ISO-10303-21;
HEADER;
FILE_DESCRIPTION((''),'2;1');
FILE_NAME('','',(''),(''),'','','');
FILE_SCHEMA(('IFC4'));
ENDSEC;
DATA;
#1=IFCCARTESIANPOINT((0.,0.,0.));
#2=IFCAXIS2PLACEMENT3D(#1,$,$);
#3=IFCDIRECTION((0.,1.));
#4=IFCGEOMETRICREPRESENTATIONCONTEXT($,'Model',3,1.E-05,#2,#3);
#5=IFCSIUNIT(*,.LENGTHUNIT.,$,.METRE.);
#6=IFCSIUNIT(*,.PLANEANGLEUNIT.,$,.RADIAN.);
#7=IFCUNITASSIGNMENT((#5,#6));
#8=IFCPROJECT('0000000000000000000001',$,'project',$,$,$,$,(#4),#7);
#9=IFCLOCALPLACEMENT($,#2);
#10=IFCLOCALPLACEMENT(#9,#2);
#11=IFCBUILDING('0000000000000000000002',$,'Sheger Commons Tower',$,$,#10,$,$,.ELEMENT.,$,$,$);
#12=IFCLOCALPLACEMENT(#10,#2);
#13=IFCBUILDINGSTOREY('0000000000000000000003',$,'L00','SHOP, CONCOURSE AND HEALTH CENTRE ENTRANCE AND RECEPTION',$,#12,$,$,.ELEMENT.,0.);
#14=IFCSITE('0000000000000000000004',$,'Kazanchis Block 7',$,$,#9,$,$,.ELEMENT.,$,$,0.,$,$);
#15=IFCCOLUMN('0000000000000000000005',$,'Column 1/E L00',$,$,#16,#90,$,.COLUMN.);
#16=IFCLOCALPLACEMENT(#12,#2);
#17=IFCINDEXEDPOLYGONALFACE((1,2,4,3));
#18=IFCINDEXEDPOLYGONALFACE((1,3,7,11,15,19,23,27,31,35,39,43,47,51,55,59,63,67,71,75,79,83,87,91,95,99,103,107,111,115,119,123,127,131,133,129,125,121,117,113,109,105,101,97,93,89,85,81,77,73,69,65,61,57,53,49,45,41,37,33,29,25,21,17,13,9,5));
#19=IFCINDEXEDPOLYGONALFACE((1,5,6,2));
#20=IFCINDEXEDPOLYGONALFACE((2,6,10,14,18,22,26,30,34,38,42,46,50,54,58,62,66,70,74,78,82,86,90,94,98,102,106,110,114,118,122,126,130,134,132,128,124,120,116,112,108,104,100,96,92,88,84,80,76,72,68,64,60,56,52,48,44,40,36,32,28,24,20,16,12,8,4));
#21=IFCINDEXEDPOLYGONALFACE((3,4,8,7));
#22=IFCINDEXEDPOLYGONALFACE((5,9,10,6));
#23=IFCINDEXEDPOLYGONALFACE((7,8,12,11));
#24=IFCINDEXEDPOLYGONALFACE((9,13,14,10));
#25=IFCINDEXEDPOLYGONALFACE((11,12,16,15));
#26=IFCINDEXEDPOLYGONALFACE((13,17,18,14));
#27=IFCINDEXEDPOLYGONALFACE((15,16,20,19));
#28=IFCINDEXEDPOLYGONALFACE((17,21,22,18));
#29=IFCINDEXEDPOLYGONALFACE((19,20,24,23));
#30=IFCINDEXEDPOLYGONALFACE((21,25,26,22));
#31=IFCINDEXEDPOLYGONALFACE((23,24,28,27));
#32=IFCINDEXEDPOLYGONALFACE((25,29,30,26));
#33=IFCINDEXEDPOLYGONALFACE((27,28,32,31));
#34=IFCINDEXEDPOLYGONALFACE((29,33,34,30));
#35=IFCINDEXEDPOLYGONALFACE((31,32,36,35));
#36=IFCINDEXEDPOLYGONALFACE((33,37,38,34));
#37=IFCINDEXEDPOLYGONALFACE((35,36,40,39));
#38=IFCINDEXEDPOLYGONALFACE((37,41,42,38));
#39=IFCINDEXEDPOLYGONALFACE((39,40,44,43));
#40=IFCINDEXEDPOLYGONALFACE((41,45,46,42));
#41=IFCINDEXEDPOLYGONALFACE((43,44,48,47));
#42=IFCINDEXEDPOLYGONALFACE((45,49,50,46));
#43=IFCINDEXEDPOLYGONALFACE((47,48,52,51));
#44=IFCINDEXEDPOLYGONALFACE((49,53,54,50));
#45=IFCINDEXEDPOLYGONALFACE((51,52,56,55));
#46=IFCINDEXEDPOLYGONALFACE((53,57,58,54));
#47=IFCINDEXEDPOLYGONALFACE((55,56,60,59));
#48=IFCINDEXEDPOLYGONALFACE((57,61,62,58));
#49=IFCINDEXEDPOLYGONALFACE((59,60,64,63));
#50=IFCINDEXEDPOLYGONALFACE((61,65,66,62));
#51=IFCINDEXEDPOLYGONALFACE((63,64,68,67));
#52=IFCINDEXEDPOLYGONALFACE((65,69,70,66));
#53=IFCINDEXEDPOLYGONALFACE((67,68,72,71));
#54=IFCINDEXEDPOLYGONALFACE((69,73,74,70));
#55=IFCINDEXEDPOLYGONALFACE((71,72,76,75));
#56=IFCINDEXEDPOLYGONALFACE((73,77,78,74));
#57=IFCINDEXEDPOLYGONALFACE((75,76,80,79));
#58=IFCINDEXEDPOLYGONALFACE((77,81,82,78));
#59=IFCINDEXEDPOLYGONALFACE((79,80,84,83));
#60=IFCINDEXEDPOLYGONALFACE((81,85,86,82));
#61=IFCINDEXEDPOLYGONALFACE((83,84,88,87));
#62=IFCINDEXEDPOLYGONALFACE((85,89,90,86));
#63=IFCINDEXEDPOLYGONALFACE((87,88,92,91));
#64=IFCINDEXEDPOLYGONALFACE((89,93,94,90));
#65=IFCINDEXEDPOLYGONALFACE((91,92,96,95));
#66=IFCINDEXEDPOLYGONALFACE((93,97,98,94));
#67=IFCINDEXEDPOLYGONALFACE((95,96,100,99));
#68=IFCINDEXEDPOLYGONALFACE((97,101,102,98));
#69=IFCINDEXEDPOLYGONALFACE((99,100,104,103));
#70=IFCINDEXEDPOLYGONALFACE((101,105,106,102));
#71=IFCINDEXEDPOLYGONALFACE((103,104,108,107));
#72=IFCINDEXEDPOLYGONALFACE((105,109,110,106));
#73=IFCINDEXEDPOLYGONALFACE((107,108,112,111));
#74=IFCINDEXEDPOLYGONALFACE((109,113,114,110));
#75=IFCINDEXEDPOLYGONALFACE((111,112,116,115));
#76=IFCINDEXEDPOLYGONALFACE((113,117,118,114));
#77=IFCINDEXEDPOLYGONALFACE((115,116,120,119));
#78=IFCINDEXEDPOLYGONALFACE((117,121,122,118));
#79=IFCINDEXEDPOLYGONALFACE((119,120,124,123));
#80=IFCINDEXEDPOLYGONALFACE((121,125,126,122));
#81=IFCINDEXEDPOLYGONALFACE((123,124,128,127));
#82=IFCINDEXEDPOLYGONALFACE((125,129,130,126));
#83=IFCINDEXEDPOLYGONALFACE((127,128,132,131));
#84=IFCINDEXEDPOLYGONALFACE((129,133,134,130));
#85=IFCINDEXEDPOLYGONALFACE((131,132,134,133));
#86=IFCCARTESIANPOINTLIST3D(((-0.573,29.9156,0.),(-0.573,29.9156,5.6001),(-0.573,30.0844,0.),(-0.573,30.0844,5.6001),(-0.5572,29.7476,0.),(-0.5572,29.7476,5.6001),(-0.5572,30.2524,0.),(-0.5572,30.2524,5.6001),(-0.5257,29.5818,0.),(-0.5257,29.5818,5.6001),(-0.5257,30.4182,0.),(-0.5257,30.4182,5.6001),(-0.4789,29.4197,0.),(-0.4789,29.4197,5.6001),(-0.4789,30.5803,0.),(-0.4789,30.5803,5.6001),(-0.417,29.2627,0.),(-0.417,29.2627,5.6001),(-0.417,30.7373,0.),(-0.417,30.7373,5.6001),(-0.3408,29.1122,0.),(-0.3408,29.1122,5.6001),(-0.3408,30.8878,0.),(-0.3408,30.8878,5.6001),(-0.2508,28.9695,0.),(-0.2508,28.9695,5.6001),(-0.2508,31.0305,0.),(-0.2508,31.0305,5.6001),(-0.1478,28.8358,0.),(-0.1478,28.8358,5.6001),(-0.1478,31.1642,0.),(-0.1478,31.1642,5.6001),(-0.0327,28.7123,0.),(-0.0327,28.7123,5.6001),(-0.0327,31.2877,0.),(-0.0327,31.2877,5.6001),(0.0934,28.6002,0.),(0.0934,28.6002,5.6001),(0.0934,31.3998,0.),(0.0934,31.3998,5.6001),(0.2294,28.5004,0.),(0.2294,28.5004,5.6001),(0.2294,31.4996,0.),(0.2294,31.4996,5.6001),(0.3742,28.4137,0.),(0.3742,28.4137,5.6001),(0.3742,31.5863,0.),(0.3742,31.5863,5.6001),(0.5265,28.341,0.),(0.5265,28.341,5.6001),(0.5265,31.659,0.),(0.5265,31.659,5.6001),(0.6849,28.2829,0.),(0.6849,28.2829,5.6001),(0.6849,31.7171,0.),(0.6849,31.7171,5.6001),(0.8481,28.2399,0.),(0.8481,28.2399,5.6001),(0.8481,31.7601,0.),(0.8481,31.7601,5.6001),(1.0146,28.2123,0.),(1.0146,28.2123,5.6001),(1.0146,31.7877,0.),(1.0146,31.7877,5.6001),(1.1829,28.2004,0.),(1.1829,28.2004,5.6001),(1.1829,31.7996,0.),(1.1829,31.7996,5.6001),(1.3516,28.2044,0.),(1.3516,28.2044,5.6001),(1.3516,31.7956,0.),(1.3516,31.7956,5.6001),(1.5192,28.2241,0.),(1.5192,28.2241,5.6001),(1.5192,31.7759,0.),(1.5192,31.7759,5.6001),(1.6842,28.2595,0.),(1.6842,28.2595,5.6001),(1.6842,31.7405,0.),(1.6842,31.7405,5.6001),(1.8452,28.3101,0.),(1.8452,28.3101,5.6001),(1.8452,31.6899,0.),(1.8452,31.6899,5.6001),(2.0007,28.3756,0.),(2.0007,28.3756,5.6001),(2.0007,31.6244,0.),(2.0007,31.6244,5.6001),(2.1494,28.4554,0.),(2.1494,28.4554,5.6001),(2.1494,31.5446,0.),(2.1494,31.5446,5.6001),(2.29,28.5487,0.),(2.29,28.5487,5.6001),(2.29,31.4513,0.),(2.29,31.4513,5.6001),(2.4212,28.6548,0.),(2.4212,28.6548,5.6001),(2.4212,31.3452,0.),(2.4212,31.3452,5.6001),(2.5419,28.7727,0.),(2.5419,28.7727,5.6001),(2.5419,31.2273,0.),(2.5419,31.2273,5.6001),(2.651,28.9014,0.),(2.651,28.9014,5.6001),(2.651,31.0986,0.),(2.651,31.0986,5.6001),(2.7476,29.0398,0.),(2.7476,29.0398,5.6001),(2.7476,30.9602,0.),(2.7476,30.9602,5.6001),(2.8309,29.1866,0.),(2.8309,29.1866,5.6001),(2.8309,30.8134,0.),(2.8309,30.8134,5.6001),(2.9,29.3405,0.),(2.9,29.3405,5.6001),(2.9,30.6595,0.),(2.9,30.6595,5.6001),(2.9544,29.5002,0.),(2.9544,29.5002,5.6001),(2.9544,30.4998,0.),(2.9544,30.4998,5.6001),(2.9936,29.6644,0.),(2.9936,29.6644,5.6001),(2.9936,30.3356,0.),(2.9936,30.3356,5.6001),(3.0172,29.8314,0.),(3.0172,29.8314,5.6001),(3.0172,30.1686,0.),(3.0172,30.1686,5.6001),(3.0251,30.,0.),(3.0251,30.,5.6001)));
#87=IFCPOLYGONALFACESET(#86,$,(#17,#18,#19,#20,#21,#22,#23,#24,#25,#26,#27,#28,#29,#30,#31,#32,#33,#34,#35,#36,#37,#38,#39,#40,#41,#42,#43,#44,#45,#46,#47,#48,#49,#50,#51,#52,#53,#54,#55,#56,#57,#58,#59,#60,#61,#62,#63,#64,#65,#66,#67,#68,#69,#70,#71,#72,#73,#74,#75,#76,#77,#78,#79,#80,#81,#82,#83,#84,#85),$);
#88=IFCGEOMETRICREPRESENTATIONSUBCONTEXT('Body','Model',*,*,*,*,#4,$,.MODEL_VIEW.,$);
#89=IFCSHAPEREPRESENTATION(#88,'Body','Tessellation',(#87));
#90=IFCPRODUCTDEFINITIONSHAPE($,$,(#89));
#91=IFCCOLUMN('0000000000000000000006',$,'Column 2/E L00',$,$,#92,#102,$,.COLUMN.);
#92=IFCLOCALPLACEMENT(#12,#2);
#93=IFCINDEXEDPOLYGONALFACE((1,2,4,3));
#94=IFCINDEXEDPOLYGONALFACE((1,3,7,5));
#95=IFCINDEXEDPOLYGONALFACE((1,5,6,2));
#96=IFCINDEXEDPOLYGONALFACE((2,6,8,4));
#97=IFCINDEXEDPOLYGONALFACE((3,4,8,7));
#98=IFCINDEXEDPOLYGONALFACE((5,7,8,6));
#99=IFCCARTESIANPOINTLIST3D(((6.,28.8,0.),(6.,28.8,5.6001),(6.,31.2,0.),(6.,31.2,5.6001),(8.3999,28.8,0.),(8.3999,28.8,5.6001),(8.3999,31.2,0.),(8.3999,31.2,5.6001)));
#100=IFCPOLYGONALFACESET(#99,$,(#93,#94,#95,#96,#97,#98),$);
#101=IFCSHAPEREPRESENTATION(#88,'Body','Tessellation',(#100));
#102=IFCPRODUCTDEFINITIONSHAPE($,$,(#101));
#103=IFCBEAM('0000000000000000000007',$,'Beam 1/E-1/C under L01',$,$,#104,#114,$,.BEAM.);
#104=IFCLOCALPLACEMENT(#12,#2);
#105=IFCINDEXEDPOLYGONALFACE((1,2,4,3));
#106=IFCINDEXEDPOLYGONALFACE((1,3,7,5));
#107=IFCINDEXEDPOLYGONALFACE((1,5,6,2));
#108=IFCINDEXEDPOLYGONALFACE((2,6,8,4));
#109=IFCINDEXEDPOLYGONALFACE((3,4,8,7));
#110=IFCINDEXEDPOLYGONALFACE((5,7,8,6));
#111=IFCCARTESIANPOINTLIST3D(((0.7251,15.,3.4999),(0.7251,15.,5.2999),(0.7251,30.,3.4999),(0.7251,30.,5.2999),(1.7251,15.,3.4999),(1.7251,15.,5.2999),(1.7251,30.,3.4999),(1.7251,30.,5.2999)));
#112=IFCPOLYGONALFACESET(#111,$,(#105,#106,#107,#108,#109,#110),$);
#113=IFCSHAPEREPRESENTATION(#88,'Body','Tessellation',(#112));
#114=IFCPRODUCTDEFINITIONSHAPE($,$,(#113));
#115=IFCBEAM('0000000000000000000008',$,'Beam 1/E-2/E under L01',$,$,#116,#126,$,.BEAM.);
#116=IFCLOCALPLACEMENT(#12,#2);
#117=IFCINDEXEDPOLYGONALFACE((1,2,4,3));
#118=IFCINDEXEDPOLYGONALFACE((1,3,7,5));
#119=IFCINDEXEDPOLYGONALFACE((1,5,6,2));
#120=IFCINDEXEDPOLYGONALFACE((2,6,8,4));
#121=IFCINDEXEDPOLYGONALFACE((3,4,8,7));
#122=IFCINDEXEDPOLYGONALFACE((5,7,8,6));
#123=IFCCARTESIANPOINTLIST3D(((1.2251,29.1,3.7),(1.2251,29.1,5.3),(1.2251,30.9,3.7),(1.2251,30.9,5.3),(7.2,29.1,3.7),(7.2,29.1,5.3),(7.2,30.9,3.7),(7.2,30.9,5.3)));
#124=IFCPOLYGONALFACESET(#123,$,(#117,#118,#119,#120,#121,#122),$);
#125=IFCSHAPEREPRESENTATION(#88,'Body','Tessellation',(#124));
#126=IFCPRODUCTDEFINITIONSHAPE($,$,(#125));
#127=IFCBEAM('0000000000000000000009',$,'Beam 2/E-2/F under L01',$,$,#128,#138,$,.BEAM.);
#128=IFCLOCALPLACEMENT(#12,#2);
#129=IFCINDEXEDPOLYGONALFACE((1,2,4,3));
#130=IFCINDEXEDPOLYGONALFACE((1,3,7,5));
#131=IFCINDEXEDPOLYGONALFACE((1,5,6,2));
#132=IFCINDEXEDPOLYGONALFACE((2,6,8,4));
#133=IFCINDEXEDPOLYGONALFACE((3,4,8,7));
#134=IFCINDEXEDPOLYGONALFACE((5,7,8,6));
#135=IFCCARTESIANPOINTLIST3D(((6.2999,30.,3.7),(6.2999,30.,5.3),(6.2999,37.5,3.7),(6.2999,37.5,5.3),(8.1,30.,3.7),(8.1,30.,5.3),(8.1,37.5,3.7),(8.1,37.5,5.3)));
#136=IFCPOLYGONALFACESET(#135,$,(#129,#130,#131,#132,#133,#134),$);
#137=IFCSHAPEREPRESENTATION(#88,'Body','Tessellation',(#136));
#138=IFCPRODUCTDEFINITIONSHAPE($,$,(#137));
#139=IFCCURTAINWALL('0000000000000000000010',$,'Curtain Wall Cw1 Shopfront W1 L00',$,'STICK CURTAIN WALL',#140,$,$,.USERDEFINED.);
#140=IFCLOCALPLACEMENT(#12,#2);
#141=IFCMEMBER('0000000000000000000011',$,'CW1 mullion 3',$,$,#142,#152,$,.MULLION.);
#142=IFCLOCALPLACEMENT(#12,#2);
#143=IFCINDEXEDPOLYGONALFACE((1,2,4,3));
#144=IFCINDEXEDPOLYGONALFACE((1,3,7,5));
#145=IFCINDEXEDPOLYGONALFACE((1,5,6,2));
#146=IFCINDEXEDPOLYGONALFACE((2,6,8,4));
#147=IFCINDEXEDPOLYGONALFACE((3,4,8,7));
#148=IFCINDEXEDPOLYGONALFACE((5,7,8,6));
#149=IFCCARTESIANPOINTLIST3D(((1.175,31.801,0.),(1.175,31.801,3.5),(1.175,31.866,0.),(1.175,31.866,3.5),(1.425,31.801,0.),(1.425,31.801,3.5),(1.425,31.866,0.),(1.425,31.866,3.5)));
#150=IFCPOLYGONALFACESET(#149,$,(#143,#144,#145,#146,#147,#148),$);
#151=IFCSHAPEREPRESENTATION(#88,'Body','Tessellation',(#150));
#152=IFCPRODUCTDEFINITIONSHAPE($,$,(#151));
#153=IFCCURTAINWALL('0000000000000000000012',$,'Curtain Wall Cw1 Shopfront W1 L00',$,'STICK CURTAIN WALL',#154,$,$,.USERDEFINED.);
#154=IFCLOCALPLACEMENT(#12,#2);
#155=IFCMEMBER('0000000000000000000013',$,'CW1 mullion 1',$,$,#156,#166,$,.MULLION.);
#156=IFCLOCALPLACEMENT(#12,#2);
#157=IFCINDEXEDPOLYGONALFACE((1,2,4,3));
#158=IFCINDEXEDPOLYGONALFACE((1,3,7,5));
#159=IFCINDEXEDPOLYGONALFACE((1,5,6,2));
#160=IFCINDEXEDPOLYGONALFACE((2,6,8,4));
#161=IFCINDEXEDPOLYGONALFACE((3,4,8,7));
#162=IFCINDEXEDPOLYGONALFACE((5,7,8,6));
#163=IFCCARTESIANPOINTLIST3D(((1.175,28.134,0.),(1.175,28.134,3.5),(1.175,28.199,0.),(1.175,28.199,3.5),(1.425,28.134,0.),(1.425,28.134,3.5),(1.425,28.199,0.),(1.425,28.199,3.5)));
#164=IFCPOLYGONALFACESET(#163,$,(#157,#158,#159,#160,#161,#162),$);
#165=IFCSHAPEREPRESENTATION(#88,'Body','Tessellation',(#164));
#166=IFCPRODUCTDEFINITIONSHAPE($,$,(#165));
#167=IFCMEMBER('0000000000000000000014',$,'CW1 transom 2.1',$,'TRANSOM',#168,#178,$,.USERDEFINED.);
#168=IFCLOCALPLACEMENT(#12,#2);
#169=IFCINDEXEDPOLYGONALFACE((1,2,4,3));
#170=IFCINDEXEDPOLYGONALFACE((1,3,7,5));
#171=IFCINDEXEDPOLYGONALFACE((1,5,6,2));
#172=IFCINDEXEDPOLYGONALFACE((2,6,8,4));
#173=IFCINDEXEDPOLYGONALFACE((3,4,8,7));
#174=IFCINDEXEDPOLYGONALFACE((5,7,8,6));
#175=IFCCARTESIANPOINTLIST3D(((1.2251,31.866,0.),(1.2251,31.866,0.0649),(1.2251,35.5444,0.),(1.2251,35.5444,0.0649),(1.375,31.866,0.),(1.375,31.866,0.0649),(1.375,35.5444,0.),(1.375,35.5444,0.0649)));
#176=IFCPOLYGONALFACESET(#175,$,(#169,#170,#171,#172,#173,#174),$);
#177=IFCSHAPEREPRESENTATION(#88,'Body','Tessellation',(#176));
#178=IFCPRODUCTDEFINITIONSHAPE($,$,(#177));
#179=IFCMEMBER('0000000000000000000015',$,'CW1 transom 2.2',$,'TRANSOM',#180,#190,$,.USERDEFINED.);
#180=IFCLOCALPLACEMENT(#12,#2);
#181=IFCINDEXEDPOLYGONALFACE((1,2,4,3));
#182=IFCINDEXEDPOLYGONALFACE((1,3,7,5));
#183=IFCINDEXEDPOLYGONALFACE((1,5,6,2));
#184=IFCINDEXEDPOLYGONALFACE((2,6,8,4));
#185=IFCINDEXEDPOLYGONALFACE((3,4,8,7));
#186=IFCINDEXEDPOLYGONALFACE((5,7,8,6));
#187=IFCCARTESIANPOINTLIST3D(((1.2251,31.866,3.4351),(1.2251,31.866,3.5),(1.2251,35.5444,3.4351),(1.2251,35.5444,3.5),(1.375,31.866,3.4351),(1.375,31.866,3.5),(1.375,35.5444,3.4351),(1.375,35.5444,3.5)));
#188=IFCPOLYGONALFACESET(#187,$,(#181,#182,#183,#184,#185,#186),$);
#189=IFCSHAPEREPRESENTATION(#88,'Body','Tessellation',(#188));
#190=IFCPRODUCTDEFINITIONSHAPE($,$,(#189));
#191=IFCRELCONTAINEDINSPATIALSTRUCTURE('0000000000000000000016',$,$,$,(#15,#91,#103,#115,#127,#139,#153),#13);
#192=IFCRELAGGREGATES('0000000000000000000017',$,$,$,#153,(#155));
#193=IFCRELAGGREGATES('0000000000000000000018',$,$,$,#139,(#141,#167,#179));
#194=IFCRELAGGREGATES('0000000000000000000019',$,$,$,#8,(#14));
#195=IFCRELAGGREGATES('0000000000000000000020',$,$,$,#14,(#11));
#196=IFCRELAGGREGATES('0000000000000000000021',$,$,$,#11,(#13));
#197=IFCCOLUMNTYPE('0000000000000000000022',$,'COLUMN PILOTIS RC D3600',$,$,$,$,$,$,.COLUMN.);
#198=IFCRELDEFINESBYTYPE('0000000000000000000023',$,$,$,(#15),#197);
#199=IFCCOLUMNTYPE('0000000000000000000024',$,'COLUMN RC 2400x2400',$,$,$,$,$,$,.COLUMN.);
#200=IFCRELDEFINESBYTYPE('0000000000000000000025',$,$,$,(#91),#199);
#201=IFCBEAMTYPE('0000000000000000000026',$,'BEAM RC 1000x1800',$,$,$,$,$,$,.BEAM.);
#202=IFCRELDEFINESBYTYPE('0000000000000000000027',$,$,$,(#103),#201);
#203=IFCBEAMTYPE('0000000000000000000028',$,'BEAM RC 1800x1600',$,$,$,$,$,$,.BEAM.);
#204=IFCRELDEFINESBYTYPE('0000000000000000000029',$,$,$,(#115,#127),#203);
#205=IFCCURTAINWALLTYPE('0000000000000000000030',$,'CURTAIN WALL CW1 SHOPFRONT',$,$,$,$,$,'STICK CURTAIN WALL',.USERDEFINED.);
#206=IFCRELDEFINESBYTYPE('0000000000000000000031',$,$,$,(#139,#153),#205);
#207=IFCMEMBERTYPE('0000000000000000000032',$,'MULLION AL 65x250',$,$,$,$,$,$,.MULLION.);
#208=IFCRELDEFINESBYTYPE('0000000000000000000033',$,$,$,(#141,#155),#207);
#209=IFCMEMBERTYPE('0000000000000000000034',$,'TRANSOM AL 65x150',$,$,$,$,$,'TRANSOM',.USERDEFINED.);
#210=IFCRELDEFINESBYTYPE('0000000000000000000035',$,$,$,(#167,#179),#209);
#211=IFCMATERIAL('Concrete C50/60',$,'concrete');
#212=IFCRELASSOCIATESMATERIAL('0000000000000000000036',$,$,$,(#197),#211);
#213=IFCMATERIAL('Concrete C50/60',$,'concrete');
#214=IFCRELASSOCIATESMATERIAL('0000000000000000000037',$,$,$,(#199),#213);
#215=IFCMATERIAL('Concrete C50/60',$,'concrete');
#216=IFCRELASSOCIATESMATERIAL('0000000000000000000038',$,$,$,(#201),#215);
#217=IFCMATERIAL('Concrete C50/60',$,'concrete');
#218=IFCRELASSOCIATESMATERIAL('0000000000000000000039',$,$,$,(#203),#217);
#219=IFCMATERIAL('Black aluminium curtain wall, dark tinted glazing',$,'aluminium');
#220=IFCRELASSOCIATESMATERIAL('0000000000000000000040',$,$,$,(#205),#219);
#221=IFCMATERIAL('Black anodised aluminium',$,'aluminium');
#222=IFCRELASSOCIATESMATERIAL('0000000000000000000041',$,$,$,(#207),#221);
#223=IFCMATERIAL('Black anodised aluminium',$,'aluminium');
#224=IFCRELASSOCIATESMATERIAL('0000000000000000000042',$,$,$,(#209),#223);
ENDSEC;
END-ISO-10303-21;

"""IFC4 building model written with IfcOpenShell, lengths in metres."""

from ifc_helpers import new_model, si_unit, direction, frame, origin, origin_2d, place, context, subcontext, project, spatial, rectangle, circle, extrude, material, material_profile, profile_set, type_object, element, aggregate, save


model = new_model("IFC4")

# Units and contexts
model_context = context("Model", 3, precision=1e-05, world=origin(), true_north=direction((0.0, 1.0)))
body_context = subcontext(model_context, "Body", "Model", "MODEL_VIEW")
ifc_project = project(units=[si_unit("LENGTHUNIT", "METRE"), si_unit("PLANEANGLEUNIT", "RADIAN")], contexts=[model_context])

# Site, building, storey
site_placement = place(None, origin())
site = spatial("IfcSite", under=ifc_project, at=site_placement, Name="Kazanchis Block 7", CompositionType="ELEMENT", RefElevation=0.0)
building_placement = place(site_placement, origin())
building = spatial("IfcBuilding", under=site, at=building_placement, Name="Sheger Commons Tower", CompositionType="ELEMENT")
storey_placement = place(building_placement, origin())
storey = spatial("IfcBuildingStorey", under=building, at=storey_placement, Name="L00", Description="SHOP, CONCOURSE AND HEALTH CENTRE ENTRANCE AND RECEPTION", CompositionType="ELEMENT", Elevation=0.0)

# Columns
ifc_material_1 = material(Name="Concrete C50/60", Category="concrete")
ifc_material_profile_1 = material_profile(ifc_material_1, circle(Radius=1.8, at=origin_2d()), Name="RC D3600")
ifc_profile_set_1 = profile_set([ifc_material_profile_1], Name="Concrete C50/60")
column_type_1 = type_object("IfcColumnType", Name="COLUMN PILOTIS RC D3600", PredefinedType="COLUMN", material=ifc_profile_set_1)
column_1_placement = place(storey_placement, frame((1.2251, 30.0, 0.0), z_axis=(0.0, 0.0, 1.0), x_axis=(1.0, 0.0, 0.0)))
element("IfcColumn", 1, at=column_1_placement, inside=storey, type_object=column_type_1, Name="Column 1/E L00", PredefinedType="COLUMN", context=body_context, shape_type="SweptSolid", body=[
    extrude(circle(Radius=1.8, at=origin_2d()), origin(), (0.0, 0.0, 1.0), 5.6001),
])
ifc_material_2 = material(Name="Concrete C50/60", Category="concrete")
ifc_material_profile_2 = material_profile(ifc_material_2, rectangle(XDim=2.3999, YDim=2.3999, at=origin_2d()), Name="RC 2400x2400")
ifc_profile_set_2 = profile_set([ifc_material_profile_2], Name="Concrete C50/60")
column_type_2 = type_object("IfcColumnType", Name="COLUMN RC 2400x2400", PredefinedType="COLUMN", material=ifc_profile_set_2)
column_2_placement = place(storey_placement, frame((7.2, 30.0, 0.0), z_axis=(0.0, 0.0, 1.0), x_axis=(1.0, 0.0, 0.0)))
element("IfcColumn", 2, at=column_2_placement, inside=storey, type_object=column_type_2, Name="Column 2/E L00", PredefinedType="COLUMN", context=body_context, shape_type="SweptSolid", body=[
    extrude(rectangle(XDim=2.3999, YDim=2.3999, at=origin_2d()), origin(), (0.0, 0.0, 1.0), 5.6001),
])

# Beams
ifc_material_3 = material(Name="Concrete C50/60", Category="concrete")
ifc_material_profile_3 = material_profile(ifc_material_3, rectangle(XDim=1.0, YDim=1.8, at=origin_2d()), Name="RC 1000x1800")
ifc_profile_set_3 = profile_set([ifc_material_profile_3], Name="Concrete C50/60")
beam_type_1 = type_object("IfcBeamType", Name="BEAM RC 1000x1800", PredefinedType="BEAM", material=ifc_profile_set_3)
beam_1_placement = place(storey_placement, frame((1.2251, 30.0, 4.3999), z_axis=(0.0, -1.0, 0.0), x_axis=(1.0, 0.0, 0.0)))
element("IfcBeam", 3, at=beam_1_placement, inside=storey, type_object=beam_type_1, Name="Beam 1/E-1/C under L01", PredefinedType="BEAM", context=body_context, shape_type="SweptSolid", body=[
    extrude(rectangle(XDim=1.0, YDim=1.8, at=origin_2d()), origin(), (0.0, 0.0, 1.0), 15.0),
])
ifc_material_4 = material(Name="Concrete C50/60", Category="concrete")
ifc_material_profile_4 = material_profile(ifc_material_4, rectangle(XDim=1.8, YDim=1.6001, at=origin_2d()), Name="RC 1800x1600")
ifc_profile_set_4 = profile_set([ifc_material_profile_4], Name="Concrete C50/60")
beam_type_2 = type_object("IfcBeamType", Name="BEAM RC 1800x1600", PredefinedType="BEAM", material=ifc_profile_set_4)
beam_2_placement = place(storey_placement, frame((1.2251, 30.0, 4.5), z_axis=(1.0, 0.0, 0.0), x_axis=(0.0, 1.0, 0.0)))
element("IfcBeam", 4, at=beam_2_placement, inside=storey, type_object=beam_type_2, Name="Beam 1/E-2/E under L01", PredefinedType="BEAM", context=body_context, shape_type="SweptSolid", body=[
    extrude(rectangle(XDim=1.8, YDim=1.6001, at=origin_2d()), origin(), (0.0, 0.0, 1.0), 5.9749),
])
beam_3_placement = place(storey_placement, frame((7.2, 30.0, 4.5), z_axis=(0.0, 1.0, 0.0), x_axis=(-1.0, 0.0, 0.0)))
element("IfcBeam", 5, at=beam_3_placement, inside=storey, type_object=beam_type_2, Name="Beam 2/E-2/F under L01", PredefinedType="BEAM", context=body_context, shape_type="SweptSolid", body=[
    extrude(rectangle(XDim=1.8, YDim=1.6001, at=origin_2d()), origin(), (0.0, 0.0, 1.0), 7.5),
])

# Curtain walls, members
ifc_material_5 = material(Name="Black aluminium curtain wall, dark tinted glazing", Category="aluminium")
curtain_wall_type = type_object("IfcCurtainWallType", Name="CURTAIN WALL CW1 SHOPFRONT", ElementType="STICK CURTAIN WALL", PredefinedType="USERDEFINED", material=ifc_material_5)
curtain_wall_1_placement = place(storey_placement, origin())
curtain_wall_1 = element("IfcCurtainWall", 6, at=curtain_wall_1_placement, inside=storey, type_object=curtain_wall_type, Name="Curtain Wall Cw1 Shopfront W1 L00", ObjectType="STICK CURTAIN WALL", PredefinedType="USERDEFINED")
ifc_material_6 = material(Name="Black anodised aluminium", Category="aluminium")
ifc_material_profile_5 = material_profile(ifc_material_6, rectangle(XDim=0.25, YDim=0.0649, at=origin_2d()), Name="AL 65x250")
ifc_profile_set_5 = profile_set([ifc_material_profile_5], Name="Black anodised aluminium")
member_type_1 = type_object("IfcMemberType", Name="MULLION AL 65x250", PredefinedType="MULLION", material=ifc_profile_set_5)
member_1_placement = place(storey_placement, frame((1.3, 31.8335, 0.0), z_axis=(0.0, 0.0, 1.0), x_axis=(1.0, 0.0, 0.0)))
member_1 = element("IfcMember", 7, at=member_1_placement, type_object=member_type_1, Name="CW1 mullion 3", PredefinedType="MULLION", context=body_context, shape_type="SweptSolid", body=[
    extrude(rectangle(XDim=0.25, YDim=0.0649, at=origin_2d()), origin(), (0.0, 0.0, 1.0), 3.5),
])
curtain_wall_2_placement = place(storey_placement, origin())
curtain_wall_2 = element("IfcCurtainWall", 8, at=curtain_wall_2_placement, inside=storey, type_object=curtain_wall_type, Name="Curtain Wall Cw1 Shopfront W1 L00", ObjectType="STICK CURTAIN WALL", PredefinedType="USERDEFINED")
member_2_placement = place(storey_placement, frame((1.3, 28.1665, 0.0), z_axis=(0.0, 0.0, 1.0), x_axis=(1.0, 0.0, 0.0)))
member_2 = element("IfcMember", 9, at=member_2_placement, type_object=member_type_1, Name="CW1 mullion 1", PredefinedType="MULLION", context=body_context, shape_type="SweptSolid", body=[
    extrude(rectangle(XDim=0.25, YDim=0.0649, at=origin_2d()), origin(), (0.0, 0.0, 1.0), 3.5),
])

# Members
ifc_material_7 = material(Name="Black anodised aluminium", Category="aluminium")
ifc_material_profile_6 = material_profile(ifc_material_7, rectangle(XDim=0.1499, YDim=0.0649, at=origin_2d()), Name="AL 65x150")
ifc_profile_set_6 = profile_set([ifc_material_profile_6], Name="Black anodised aluminium")
member_type_2 = type_object("IfcMemberType", Name="TRANSOM AL 65x150", ElementType="TRANSOM", PredefinedType="USERDEFINED", material=ifc_profile_set_6)
member_3_placement = place(storey_placement, frame((1.3, 35.5444, 0.0325), z_axis=(0.0, -1.0, 0.0), x_axis=(1.0, 0.0, 0.0)))
member_3 = element("IfcMember", 10, at=member_3_placement, type_object=member_type_2, Name="CW1 transom 2.1", ObjectType="TRANSOM", PredefinedType="USERDEFINED", context=body_context, shape_type="SweptSolid", body=[
    extrude(rectangle(XDim=0.1499, YDim=0.0649, at=origin_2d()), origin(), (0.0, 0.0, 1.0), 3.6785),
])
member_4_placement = place(storey_placement, frame((1.3, 35.5444, 3.4675), z_axis=(0.0, -1.0, 0.0), x_axis=(1.0, 0.0, 0.0)))
member_4 = element("IfcMember", 11, at=member_4_placement, type_object=member_type_2, Name="CW1 transom 2.2", ObjectType="TRANSOM", PredefinedType="USERDEFINED", context=body_context, shape_type="SweptSolid", body=[
    extrude(rectangle(XDim=0.1499, YDim=0.0649, at=origin_2d()), origin(), (0.0, 0.0, 1.0), 3.6785),
])
aggregate(curtain_wall_2, [member_2])

aggregate(curtain_wall_1, [member_1, member_3, member_4])

save(model, "model.ifc")
